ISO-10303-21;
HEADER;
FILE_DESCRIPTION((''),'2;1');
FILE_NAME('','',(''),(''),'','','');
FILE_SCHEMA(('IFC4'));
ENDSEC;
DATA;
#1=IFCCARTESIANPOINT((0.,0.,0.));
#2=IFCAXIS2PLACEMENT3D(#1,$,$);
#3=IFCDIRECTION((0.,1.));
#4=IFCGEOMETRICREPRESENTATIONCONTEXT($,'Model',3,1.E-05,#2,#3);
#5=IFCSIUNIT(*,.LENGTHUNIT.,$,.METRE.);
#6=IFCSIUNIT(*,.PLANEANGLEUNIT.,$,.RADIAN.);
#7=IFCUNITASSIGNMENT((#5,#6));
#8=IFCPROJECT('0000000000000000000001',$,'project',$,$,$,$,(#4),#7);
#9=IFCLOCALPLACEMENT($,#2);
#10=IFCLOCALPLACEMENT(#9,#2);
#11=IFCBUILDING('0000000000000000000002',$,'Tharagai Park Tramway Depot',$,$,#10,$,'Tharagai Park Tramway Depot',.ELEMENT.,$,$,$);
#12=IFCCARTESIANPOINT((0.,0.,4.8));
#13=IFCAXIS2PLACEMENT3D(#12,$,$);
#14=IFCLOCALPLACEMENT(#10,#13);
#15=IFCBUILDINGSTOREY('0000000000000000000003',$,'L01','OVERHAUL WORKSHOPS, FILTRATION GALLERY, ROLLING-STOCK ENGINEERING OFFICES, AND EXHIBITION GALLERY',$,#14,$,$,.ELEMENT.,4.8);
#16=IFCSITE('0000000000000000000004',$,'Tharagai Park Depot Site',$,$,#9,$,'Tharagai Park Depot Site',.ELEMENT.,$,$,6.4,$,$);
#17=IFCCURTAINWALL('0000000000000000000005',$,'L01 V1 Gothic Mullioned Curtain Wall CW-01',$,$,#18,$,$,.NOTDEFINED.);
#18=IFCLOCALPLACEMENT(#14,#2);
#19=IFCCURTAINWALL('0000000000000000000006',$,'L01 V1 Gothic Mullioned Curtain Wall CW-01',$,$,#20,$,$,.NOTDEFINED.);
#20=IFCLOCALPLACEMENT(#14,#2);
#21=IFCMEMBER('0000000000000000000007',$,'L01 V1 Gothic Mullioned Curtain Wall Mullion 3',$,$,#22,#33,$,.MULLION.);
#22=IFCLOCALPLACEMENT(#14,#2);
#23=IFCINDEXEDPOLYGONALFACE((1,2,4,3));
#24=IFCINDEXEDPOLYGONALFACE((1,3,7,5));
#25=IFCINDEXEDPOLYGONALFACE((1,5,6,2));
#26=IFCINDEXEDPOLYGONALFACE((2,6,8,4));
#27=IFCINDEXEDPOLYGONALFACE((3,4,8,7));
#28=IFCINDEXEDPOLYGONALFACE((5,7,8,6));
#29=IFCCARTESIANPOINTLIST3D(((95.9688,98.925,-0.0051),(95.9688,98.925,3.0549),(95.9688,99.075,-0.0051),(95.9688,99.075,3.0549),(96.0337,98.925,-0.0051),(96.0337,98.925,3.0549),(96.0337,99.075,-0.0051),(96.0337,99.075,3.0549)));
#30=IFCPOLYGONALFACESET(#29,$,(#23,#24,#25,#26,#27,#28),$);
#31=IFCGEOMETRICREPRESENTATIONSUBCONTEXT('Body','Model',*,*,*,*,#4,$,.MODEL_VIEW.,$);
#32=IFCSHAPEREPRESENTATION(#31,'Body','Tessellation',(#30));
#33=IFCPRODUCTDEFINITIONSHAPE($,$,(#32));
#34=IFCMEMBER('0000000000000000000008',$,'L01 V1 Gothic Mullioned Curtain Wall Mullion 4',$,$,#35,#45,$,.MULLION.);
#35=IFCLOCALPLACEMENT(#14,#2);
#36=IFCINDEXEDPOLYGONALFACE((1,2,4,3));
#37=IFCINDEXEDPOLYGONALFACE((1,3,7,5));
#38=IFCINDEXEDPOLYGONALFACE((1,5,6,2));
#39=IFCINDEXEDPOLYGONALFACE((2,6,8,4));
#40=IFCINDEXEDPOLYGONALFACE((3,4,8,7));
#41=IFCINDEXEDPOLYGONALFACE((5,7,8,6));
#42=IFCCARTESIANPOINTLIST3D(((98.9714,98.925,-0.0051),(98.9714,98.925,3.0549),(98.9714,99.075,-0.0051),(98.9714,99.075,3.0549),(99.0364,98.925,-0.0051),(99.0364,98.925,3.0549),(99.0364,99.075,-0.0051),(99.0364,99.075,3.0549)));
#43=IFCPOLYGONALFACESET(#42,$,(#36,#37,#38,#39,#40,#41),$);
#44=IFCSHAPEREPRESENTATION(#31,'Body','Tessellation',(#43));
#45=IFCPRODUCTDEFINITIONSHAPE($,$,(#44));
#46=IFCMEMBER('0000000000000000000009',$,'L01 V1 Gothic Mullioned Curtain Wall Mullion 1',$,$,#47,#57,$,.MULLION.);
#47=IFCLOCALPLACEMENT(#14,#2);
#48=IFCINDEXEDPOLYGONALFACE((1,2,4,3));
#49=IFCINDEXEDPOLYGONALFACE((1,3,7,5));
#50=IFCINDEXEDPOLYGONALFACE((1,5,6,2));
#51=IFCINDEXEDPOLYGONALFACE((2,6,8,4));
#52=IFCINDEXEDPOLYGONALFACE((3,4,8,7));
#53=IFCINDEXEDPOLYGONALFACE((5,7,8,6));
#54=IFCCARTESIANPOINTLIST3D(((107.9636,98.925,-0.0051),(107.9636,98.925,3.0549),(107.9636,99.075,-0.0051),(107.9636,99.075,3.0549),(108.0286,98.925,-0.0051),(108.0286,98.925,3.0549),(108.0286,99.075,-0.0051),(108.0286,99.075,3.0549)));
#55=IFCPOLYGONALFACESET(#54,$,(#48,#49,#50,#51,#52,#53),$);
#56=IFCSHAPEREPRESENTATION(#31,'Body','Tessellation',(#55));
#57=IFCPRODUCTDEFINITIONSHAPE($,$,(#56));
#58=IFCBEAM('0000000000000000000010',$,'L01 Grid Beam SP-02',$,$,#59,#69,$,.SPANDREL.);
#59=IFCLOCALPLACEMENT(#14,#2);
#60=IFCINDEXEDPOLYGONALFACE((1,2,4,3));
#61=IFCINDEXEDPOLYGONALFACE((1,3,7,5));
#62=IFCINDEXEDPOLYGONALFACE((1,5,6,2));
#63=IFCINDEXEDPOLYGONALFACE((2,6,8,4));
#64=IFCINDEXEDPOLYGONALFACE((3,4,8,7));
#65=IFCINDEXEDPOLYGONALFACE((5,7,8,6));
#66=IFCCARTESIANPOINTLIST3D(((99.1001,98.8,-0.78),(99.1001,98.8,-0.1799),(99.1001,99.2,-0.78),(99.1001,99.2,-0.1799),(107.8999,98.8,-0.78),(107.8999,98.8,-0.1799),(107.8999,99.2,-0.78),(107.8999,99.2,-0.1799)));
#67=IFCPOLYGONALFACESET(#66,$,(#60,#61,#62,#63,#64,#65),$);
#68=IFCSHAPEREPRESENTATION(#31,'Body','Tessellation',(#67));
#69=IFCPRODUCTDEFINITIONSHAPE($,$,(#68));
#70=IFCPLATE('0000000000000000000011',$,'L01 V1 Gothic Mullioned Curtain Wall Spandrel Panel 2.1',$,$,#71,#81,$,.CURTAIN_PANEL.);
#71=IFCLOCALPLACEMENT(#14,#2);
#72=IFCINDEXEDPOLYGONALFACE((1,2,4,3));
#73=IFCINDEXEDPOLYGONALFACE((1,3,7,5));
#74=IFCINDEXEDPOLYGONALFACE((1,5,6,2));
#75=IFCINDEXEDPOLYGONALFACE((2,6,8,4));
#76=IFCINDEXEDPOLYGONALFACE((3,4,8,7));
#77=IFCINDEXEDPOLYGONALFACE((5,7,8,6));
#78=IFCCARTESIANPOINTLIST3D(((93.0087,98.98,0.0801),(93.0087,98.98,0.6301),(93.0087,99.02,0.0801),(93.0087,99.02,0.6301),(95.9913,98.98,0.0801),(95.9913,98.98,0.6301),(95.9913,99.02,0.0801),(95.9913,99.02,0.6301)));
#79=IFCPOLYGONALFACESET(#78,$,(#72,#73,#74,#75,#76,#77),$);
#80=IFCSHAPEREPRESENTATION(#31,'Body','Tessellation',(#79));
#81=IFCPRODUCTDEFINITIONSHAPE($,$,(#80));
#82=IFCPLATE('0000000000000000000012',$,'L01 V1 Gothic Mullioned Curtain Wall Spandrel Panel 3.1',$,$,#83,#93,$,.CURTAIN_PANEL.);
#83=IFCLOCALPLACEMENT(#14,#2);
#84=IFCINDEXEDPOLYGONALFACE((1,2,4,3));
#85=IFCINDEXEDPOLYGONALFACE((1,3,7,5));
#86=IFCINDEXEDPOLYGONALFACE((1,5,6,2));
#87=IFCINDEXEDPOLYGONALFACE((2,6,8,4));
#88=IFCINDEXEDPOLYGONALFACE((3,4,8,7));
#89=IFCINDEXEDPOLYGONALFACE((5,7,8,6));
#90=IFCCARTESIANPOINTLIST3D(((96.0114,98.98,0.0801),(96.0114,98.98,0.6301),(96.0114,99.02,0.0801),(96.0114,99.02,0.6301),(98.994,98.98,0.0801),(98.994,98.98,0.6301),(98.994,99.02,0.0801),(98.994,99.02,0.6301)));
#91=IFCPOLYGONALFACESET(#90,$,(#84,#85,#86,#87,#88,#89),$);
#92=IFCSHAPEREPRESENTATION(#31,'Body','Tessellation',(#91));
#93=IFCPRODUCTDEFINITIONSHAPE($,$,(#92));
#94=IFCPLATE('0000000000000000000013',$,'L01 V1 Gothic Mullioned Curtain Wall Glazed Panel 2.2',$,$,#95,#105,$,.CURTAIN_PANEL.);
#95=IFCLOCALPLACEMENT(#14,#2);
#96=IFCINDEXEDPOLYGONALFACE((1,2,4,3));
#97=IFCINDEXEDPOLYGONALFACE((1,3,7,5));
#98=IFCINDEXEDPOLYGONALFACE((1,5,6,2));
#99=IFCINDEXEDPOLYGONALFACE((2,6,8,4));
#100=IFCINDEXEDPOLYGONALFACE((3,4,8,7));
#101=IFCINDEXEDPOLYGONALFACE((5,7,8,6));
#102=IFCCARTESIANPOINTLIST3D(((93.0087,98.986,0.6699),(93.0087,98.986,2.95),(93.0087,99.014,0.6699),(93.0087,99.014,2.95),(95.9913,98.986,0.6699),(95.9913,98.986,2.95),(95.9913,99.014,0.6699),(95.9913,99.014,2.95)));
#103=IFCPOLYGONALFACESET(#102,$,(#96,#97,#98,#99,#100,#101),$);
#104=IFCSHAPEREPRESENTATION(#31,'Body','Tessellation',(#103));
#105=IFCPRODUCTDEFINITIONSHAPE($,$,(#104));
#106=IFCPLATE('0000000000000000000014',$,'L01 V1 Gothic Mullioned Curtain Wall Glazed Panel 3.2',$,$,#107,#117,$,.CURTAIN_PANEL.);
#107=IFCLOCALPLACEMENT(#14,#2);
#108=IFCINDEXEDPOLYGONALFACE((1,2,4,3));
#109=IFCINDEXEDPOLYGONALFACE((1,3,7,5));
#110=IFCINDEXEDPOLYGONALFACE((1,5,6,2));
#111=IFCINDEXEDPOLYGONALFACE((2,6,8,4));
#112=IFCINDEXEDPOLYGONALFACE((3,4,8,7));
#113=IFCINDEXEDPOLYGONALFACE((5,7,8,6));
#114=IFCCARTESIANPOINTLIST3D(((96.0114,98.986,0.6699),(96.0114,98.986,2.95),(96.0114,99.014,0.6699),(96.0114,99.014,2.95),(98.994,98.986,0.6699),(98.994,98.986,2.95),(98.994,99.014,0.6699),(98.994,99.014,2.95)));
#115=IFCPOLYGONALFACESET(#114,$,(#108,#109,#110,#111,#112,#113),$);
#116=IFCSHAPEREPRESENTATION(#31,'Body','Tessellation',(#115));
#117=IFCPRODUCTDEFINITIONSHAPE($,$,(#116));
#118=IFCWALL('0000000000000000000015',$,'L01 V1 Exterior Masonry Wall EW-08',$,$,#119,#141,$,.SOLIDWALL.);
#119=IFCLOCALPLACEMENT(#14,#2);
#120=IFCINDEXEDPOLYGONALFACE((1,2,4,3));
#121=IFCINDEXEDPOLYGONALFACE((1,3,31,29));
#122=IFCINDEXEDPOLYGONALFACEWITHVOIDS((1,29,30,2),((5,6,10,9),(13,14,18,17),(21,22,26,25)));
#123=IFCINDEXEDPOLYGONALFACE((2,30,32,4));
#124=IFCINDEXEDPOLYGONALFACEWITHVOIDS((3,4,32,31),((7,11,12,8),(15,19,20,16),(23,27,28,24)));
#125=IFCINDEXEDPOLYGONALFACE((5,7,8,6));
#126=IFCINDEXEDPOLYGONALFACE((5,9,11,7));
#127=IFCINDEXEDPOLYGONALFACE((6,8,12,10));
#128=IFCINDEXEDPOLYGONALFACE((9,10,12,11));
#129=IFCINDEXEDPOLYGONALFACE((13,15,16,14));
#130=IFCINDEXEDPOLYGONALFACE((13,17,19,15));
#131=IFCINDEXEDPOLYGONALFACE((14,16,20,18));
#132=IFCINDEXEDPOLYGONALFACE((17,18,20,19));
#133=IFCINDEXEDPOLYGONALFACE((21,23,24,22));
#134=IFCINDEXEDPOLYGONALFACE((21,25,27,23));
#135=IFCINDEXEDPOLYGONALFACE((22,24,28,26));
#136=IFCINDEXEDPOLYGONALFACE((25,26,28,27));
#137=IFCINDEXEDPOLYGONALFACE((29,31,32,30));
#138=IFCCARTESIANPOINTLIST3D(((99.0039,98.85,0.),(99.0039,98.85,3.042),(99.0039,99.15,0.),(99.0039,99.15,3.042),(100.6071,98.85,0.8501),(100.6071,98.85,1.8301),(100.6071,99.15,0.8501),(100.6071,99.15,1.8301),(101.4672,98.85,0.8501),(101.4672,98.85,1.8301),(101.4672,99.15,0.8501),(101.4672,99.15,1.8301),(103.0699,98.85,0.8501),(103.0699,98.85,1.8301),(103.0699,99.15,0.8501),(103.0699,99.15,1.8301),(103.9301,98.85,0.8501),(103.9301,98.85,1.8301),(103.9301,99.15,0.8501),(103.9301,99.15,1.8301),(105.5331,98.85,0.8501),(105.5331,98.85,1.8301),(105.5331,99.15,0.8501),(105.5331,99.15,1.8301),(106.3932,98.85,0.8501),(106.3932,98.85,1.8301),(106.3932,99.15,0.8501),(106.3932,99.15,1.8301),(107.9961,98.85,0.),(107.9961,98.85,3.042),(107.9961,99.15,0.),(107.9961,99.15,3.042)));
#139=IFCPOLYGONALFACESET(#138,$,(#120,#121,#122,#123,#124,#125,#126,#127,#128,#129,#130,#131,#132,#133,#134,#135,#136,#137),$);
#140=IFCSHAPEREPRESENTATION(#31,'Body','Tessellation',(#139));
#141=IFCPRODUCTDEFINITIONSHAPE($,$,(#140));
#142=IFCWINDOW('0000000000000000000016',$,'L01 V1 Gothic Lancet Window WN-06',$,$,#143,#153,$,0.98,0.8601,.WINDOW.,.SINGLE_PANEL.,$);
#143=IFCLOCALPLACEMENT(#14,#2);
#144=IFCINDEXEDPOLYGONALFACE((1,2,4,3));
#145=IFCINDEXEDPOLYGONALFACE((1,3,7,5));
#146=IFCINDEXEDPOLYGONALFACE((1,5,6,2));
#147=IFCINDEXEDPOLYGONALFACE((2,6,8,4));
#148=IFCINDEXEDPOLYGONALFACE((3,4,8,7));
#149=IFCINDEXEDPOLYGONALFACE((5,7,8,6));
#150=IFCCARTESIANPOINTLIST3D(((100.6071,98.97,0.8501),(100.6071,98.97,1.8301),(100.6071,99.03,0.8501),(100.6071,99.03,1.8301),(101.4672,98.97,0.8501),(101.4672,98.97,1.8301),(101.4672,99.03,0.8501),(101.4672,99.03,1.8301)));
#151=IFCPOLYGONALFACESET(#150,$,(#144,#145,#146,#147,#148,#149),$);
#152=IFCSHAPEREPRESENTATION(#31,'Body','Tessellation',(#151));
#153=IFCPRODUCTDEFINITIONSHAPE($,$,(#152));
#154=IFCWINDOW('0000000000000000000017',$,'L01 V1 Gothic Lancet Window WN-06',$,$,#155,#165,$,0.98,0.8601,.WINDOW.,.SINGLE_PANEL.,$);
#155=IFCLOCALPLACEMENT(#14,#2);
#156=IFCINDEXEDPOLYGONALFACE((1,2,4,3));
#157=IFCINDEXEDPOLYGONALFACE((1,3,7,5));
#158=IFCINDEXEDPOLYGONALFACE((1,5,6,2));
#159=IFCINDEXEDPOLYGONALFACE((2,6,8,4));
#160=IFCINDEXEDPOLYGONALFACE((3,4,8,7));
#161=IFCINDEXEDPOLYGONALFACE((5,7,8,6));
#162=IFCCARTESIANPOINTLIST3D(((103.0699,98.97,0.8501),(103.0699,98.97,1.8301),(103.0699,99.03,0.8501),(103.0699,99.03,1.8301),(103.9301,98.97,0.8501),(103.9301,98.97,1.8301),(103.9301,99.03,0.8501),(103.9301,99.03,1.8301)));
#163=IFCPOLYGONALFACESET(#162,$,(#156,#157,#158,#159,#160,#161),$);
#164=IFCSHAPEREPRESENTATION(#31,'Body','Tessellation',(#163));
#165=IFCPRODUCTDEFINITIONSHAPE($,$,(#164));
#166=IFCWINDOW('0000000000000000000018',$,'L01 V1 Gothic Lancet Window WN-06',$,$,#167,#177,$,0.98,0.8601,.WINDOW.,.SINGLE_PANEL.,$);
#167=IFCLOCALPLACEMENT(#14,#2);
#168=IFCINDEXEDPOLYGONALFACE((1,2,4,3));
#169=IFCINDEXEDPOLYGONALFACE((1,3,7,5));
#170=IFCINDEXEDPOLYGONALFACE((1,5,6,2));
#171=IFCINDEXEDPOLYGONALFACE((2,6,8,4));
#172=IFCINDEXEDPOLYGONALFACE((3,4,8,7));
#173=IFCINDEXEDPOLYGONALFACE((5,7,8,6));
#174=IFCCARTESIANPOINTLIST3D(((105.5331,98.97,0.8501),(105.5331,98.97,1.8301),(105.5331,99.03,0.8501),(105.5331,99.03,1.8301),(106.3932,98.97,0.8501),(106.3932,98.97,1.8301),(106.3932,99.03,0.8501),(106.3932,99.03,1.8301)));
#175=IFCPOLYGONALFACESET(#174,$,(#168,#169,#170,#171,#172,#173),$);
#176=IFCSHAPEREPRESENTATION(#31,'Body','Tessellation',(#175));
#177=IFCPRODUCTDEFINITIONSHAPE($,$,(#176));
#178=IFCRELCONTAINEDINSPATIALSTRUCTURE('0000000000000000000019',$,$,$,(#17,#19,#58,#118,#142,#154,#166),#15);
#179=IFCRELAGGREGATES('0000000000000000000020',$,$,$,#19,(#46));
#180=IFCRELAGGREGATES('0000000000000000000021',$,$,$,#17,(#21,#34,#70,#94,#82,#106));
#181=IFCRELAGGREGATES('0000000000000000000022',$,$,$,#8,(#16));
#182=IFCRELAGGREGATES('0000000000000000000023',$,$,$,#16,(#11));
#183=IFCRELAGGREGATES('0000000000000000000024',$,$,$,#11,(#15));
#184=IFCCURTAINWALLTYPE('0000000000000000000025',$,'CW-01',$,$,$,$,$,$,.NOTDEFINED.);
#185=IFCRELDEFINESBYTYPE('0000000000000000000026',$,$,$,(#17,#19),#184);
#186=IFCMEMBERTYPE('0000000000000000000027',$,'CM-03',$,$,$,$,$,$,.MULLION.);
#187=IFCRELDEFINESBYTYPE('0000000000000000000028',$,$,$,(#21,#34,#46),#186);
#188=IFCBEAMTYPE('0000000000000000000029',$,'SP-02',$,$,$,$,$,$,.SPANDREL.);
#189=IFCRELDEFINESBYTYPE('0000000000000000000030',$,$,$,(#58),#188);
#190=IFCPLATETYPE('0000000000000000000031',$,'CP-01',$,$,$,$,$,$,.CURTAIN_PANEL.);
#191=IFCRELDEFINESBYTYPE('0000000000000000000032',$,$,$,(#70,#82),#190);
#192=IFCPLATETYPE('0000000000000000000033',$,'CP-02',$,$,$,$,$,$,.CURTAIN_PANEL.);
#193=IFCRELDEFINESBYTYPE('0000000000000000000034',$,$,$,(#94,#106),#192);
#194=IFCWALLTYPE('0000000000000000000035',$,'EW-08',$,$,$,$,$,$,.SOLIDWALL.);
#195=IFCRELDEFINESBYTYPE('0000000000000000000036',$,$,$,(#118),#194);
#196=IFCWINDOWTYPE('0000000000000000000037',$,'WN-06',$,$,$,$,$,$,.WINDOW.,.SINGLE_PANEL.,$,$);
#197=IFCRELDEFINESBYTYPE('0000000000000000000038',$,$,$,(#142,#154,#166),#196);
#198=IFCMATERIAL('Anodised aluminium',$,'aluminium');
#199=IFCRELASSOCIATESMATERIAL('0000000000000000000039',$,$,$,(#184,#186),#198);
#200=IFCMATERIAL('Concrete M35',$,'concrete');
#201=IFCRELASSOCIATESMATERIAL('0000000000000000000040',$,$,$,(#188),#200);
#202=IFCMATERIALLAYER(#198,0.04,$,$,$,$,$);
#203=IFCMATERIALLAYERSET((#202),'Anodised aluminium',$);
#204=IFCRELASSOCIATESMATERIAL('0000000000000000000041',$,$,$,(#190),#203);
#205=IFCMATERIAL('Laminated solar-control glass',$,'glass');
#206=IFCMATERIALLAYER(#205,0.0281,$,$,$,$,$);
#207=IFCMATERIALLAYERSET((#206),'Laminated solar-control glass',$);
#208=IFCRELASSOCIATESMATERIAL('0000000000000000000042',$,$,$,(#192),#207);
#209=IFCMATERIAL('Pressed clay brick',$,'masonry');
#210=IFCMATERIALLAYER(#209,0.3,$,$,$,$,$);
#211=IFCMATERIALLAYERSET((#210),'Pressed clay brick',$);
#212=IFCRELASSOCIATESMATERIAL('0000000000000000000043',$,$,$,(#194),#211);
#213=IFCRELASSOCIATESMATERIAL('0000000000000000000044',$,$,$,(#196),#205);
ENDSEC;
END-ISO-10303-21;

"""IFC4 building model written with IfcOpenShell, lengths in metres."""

from ifc_helpers import new_model, si_unit, direction, frame, frame_2d, origin, origin_2d, place, context, subcontext, project, spatial, rectangle, extrude, material, layer, layer_set, material_profile, profile_set, type_object, element, fill, aggregate, save


model = new_model("IFC4")

# Units and contexts
model_context = context("Model", 3, precision=1e-05, world=origin(), true_north=direction((0.0, 1.0)))
body_context = subcontext(model_context, "Body", "Model", "MODEL_VIEW")
ifc_project = project(units=[si_unit("LENGTHUNIT", "METRE"), si_unit("PLANEANGLEUNIT", "RADIAN")], contexts=[model_context])

# Site, building, storey
site_placement = place(None, origin())
site = spatial("IfcSite", under=ifc_project, at=site_placement, Name="Tharagai Park Depot Site", LongName="Tharagai Park Depot Site", CompositionType="ELEMENT", RefElevation=6.4)
building_placement = place(site_placement, origin())
building = spatial("IfcBuilding", under=site, at=building_placement, Name="Tharagai Park Tramway Depot", LongName="Tharagai Park Tramway Depot", CompositionType="ELEMENT")
storey_placement = place(building_placement, frame((0.0, 0.0, 4.8)))
storey = spatial("IfcBuildingStorey", under=building, at=storey_placement, Name="L01", Description="OVERHAUL WORKSHOPS, FILTRATION GALLERY, ROLLING-STOCK ENGINEERING OFFICES, AND EXHIBITION GALLERY", CompositionType="ELEMENT", Elevation=4.8)

# Curtain walls
ifc_material_1 = material(Name="Anodised aluminium", Category="aluminium")
curtain_wall_type = type_object("IfcCurtainWallType", Name="CW-01", PredefinedType="NOTDEFINED", material=ifc_material_1)
curtain_wall_1_placement = place(storey_placement, origin())
curtain_wall_1 = element("IfcCurtainWall", 1, at=curtain_wall_1_placement, inside=storey, type_object=curtain_wall_type, Name="L01 V1 Gothic Mullioned Curtain Wall CW-01", PredefinedType="NOTDEFINED")
curtain_wall_2_placement = place(storey_placement, origin())
curtain_wall_2 = element("IfcCurtainWall", 2, at=curtain_wall_2_placement, inside=storey, type_object=curtain_wall_type, Name="L01 V1 Gothic Mullioned Curtain Wall CW-01", PredefinedType="NOTDEFINED")

# Members
ifc_material_profile_1 = material_profile(ifc_material_1, rectangle(XDim=0.0649, YDim=0.1499, at=origin_2d()), Name="ALU 65x150")
ifc_profile_set_1 = profile_set([ifc_material_profile_1], Name="Anodised aluminium")
member_type_1 = type_object("IfcMemberType", Name="CM-03", PredefinedType="MULLION", material=ifc_profile_set_1)
member_1_placement = place(storey_placement, frame((96.0012, 99.0, -0.0051), z_axis=(0.0, 0.0, 1.0), x_axis=(1.0, 0.0, 0.0)))
member_1 = element("IfcMember", 3, at=member_1_placement, type_object=member_type_1, Name="L01 V1 Gothic Mullioned Curtain Wall Mullion 3", PredefinedType="MULLION", context=body_context, shape_type="SweptSolid", body=[
    extrude(rectangle(XDim=0.0649, YDim=0.1499, at=origin_2d()), origin(), (0.0, 0.0, 1.0), 3.0601),
])
member_2_placement = place(storey_placement, frame((99.0039, 99.0, -0.0051), z_axis=(0.0, 0.0, 1.0), x_axis=(1.0, 0.0, 0.0)))
member_2 = element("IfcMember", 4, at=member_2_placement, type_object=member_type_1, Name="L01 V1 Gothic Mullioned Curtain Wall Mullion 4", PredefinedType="MULLION", context=body_context, shape_type="SweptSolid", body=[
    extrude(rectangle(XDim=0.0649, YDim=0.1499, at=origin_2d()), origin(), (0.0, 0.0, 1.0), 3.0601),
])
member_3_placement = place(storey_placement, frame((107.9961, 99.0, -0.0051), z_axis=(0.0, 0.0, 1.0), x_axis=(1.0, 0.0, 0.0)))
member_3 = element("IfcMember", 5, at=member_3_placement, type_object=member_type_1, Name="L01 V1 Gothic Mullioned Curtain Wall Mullion 1", PredefinedType="MULLION", context=body_context, shape_type="SweptSolid", body=[
    extrude(rectangle(XDim=0.0649, YDim=0.1499, at=origin_2d()), origin(), (0.0, 0.0, 1.0), 3.0601),
])
aggregate(curtain_wall_2, [member_3])

# Beam
ifc_material_2 = material(Name="Concrete M35", Category="concrete")
ifc_material_profile_2 = material_profile(ifc_material_2, rectangle(XDim=0.3999, YDim=0.6001, at=origin_2d()), Name="RC 400x600")
ifc_profile_set_2 = profile_set([ifc_material_profile_2], Name="Concrete M35")
beam_type = type_object("IfcBeamType", Name="SP-02", PredefinedType="SPANDREL", material=ifc_profile_set_2)
beam_placement = place(storey_placement, frame((99.1001, 99.0, -0.48), z_axis=(1.0, 0.0, 0.0), x_axis=(0.0, 1.0, 0.0)))
element("IfcBeam", 6, at=beam_placement, inside=storey, type_object=beam_type, Name="L01 Grid Beam SP-02", PredefinedType="SPANDREL", context=body_context, shape_type="SweptSolid", body=[
    extrude(rectangle(XDim=0.3999, YDim=0.6001, at=origin_2d()), origin(), (0.0, 0.0, 1.0), 8.7998),
])

# Plates
ifc_layer_1 = layer(ifc_material_1, 0.04)
ifc_layer_set_1 = layer_set([ifc_layer_1], Name="Anodised aluminium")
plate_type_1 = type_object("IfcPlateType", Name="CP-01", PredefinedType="CURTAIN_PANEL", material=ifc_layer_set_1)
plate_1_placement = place(storey_placement, frame((94.5, 99.0, 0.0801), z_axis=(0.0, 0.0, 1.0), x_axis=(1.0, 0.0, 0.0)))
plate_1 = element("IfcPlate", 7, at=plate_1_placement, type_object=plate_type_1, Name="L01 V1 Gothic Mullioned Curtain Wall Spandrel Panel 2.1", PredefinedType="CURTAIN_PANEL", context=body_context, shape_type="SweptSolid", body=[
    extrude(rectangle(XDim=2.9827, YDim=0.04, at=origin_2d()), origin(), (0.0, 0.0, 1.0), 0.55),
])
plate_2_placement = place(storey_placement, frame((97.5027, 99.0, 0.0801), z_axis=(0.0, 0.0, 1.0), x_axis=(1.0, 0.0, 0.0)))
plate_2 = element("IfcPlate", 8, at=plate_2_placement, type_object=plate_type_1, Name="L01 V1 Gothic Mullioned Curtain Wall Spandrel Panel 3.1", PredefinedType="CURTAIN_PANEL", context=body_context, shape_type="SweptSolid", body=[
    extrude(rectangle(XDim=2.9827, YDim=0.04, at=origin_2d()), origin(), (0.0, 0.0, 1.0), 0.55),
])
ifc_material_3 = material(Name="Laminated solar-control glass", Category="glass")
ifc_layer_2 = layer(ifc_material_3, 0.0281)
ifc_layer_set_2 = layer_set([ifc_layer_2], Name="Laminated solar-control glass")
plate_type_2 = type_object("IfcPlateType", Name="CP-02", PredefinedType="CURTAIN_PANEL", material=ifc_layer_set_2)
plate_3_placement = place(storey_placement, frame((94.5, 99.0, 0.6699), z_axis=(0.0, 0.0, 1.0), x_axis=(1.0, 0.0, 0.0)))
plate_3 = element("IfcPlate", 9, at=plate_3_placement, type_object=plate_type_2, Name="L01 V1 Gothic Mullioned Curtain Wall Glazed Panel 2.2", PredefinedType="CURTAIN_PANEL", context=body_context, shape_type="SweptSolid", body=[
    extrude(rectangle(XDim=2.9827, YDim=0.0281, at=origin_2d()), origin(), (0.0, 0.0, 1.0), 2.28),
])
plate_4_placement = place(storey_placement, frame((97.5027, 99.0, 0.6699), z_axis=(0.0, 0.0, 1.0), x_axis=(1.0, 0.0, 0.0)))
plate_4 = element("IfcPlate", 10, at=plate_4_placement, type_object=plate_type_2, Name="L01 V1 Gothic Mullioned Curtain Wall Glazed Panel 3.2", PredefinedType="CURTAIN_PANEL", context=body_context, shape_type="SweptSolid", body=[
    extrude(rectangle(XDim=2.9827, YDim=0.0281, at=origin_2d()), origin(), (0.0, 0.0, 1.0), 2.28),
])
aggregate(curtain_wall_1, [member_1, member_2, plate_1, plate_3, plate_2, plate_4])

# Wall, openings, windows
ifc_material_4 = material(Name="Pressed clay brick", Category="masonry")
ifc_layer_3 = layer(ifc_material_4, 0.3)
ifc_layer_set_3 = layer_set([ifc_layer_3], Name="Pressed clay brick")
wall_type = type_object("IfcWallType", Name="EW-08", PredefinedType="SOLIDWALL", material=ifc_layer_set_3)
wall_placement = place(storey_placement, frame((99.0039, 99.0, 0.0), z_axis=(0.0, 0.0, 1.0), x_axis=(1.0, 0.0, 0.0)))
wall = element("IfcWall", 11, at=wall_placement, inside=storey, type_object=wall_type, Name="L01 V1 Exterior Masonry Wall EW-08", PredefinedType="SOLIDWALL", context=body_context, shape_type="SweptSolid", body=[
    extrude(rectangle(XDim=8.9922, YDim=0.3, at=frame_2d((4.4961, 0.0))), origin(), (0.0, 0.0, 1.0), 3.042),
])
opening_1_placement = place(wall_placement, frame((1.603, 0.0, 0.8501)))
opening_1 = element("IfcOpeningElement", 12, at=opening_1_placement, cuts=wall, PredefinedType="OPENING", context=body_context, shape_type="SweptSolid", body=[
    extrude(rectangle(XDim=0.8601, YDim=0.98, at=frame_2d((0.4302, 0.49))), frame((0.0, 0.1599, 0.0), z_axis=(0.0, -1.0, 0.0), x_axis=(1.0, 0.0, 0.0)), (0.0, 0.0, 1.0), 0.3201),
])
opening_2_placement = place(wall_placement, frame((4.0659, 0.0, 0.8501)))
opening_2 = element("IfcOpeningElement", 13, at=opening_2_placement, cuts=wall, PredefinedType="OPENING", context=body_context, shape_type="SweptSolid", body=[
    extrude(rectangle(XDim=0.8601, YDim=0.98, at=frame_2d((0.4302, 0.49))), frame((0.0, 0.1599, 0.0), z_axis=(0.0, -1.0, 0.0), x_axis=(1.0, 0.0, 0.0)), (0.0, 0.0, 1.0), 0.3201),
])
opening_3_placement = place(wall_placement, frame((6.5291, 0.0, 0.8501)))
opening_3 = element("IfcOpeningElement", 14, at=opening_3_placement, cuts=wall, PredefinedType="OPENING", context=body_context, shape_type="SweptSolid", body=[
    extrude(rectangle(XDim=0.8601, YDim=0.98, at=frame_2d((0.4302, 0.49))), frame((0.0, 0.1599, 0.0), z_axis=(0.0, -1.0, 0.0), x_axis=(1.0, 0.0, 0.0)), (0.0, 0.0, 1.0), 0.3201),
])
window_type = type_object("IfcWindowType", Name="WN-06", PartitioningType="SINGLE_PANEL", PredefinedType="WINDOW", material=ifc_material_3)
window_1_placement = place(opening_1_placement, origin())
window_1 = element("IfcWindow", 15, at=window_1_placement, inside=storey, type_object=window_type, Name="L01 V1 Gothic Lancet Window WN-06", OverallHeight=0.98, OverallWidth=0.8601, PartitioningType="SINGLE_PANEL", PredefinedType="WINDOW", context=body_context, shape_type="SweptSolid", body=[
    extrude(rectangle(XDim=0.8601, YDim=0.98, at=frame_2d((0.4302, 0.49))), frame((0.0, 0.03, 0.0), z_axis=(0.0, -1.0, 0.0), x_axis=(1.0, 0.0, 0.0)), (0.0, 0.0, 1.0), 0.0601),
])
fill(opening_1, window_1)
window_2_placement = place(opening_2_placement, origin())
window_2 = element("IfcWindow", 16, at=window_2_placement, inside=storey, type_object=window_type, Name="L01 V1 Gothic Lancet Window WN-06", OverallHeight=0.98, OverallWidth=0.8601, PartitioningType="SINGLE_PANEL", PredefinedType="WINDOW", context=body_context, shape_type="SweptSolid", body=[
    extrude(rectangle(XDim=0.8601, YDim=0.98, at=frame_2d((0.4302, 0.49))), frame((0.0, 0.03, 0.0), z_axis=(0.0, -1.0, 0.0), x_axis=(1.0, 0.0, 0.0)), (0.0, 0.0, 1.0), 0.0601),
])
fill(opening_2, window_2)
window_3_placement = place(opening_3_placement, origin())
window_3 = element("IfcWindow", 17, at=window_3_placement, inside=storey, type_object=window_type, Name="L01 V1 Gothic Lancet Window WN-06", OverallHeight=0.98, OverallWidth=0.8601, PartitioningType="SINGLE_PANEL", PredefinedType="WINDOW", context=body_context, shape_type="SweptSolid", body=[
    extrude(rectangle(XDim=0.8601, YDim=0.98, at=frame_2d((0.4302, 0.49))), frame((0.0, 0.03, 0.0), z_axis=(0.0, -1.0, 0.0), x_axis=(1.0, 0.0, 0.0)), (0.0, 0.0, 1.0), 0.0601),
])
fill(opening_3, window_3)

save(model, "model.ifc")
